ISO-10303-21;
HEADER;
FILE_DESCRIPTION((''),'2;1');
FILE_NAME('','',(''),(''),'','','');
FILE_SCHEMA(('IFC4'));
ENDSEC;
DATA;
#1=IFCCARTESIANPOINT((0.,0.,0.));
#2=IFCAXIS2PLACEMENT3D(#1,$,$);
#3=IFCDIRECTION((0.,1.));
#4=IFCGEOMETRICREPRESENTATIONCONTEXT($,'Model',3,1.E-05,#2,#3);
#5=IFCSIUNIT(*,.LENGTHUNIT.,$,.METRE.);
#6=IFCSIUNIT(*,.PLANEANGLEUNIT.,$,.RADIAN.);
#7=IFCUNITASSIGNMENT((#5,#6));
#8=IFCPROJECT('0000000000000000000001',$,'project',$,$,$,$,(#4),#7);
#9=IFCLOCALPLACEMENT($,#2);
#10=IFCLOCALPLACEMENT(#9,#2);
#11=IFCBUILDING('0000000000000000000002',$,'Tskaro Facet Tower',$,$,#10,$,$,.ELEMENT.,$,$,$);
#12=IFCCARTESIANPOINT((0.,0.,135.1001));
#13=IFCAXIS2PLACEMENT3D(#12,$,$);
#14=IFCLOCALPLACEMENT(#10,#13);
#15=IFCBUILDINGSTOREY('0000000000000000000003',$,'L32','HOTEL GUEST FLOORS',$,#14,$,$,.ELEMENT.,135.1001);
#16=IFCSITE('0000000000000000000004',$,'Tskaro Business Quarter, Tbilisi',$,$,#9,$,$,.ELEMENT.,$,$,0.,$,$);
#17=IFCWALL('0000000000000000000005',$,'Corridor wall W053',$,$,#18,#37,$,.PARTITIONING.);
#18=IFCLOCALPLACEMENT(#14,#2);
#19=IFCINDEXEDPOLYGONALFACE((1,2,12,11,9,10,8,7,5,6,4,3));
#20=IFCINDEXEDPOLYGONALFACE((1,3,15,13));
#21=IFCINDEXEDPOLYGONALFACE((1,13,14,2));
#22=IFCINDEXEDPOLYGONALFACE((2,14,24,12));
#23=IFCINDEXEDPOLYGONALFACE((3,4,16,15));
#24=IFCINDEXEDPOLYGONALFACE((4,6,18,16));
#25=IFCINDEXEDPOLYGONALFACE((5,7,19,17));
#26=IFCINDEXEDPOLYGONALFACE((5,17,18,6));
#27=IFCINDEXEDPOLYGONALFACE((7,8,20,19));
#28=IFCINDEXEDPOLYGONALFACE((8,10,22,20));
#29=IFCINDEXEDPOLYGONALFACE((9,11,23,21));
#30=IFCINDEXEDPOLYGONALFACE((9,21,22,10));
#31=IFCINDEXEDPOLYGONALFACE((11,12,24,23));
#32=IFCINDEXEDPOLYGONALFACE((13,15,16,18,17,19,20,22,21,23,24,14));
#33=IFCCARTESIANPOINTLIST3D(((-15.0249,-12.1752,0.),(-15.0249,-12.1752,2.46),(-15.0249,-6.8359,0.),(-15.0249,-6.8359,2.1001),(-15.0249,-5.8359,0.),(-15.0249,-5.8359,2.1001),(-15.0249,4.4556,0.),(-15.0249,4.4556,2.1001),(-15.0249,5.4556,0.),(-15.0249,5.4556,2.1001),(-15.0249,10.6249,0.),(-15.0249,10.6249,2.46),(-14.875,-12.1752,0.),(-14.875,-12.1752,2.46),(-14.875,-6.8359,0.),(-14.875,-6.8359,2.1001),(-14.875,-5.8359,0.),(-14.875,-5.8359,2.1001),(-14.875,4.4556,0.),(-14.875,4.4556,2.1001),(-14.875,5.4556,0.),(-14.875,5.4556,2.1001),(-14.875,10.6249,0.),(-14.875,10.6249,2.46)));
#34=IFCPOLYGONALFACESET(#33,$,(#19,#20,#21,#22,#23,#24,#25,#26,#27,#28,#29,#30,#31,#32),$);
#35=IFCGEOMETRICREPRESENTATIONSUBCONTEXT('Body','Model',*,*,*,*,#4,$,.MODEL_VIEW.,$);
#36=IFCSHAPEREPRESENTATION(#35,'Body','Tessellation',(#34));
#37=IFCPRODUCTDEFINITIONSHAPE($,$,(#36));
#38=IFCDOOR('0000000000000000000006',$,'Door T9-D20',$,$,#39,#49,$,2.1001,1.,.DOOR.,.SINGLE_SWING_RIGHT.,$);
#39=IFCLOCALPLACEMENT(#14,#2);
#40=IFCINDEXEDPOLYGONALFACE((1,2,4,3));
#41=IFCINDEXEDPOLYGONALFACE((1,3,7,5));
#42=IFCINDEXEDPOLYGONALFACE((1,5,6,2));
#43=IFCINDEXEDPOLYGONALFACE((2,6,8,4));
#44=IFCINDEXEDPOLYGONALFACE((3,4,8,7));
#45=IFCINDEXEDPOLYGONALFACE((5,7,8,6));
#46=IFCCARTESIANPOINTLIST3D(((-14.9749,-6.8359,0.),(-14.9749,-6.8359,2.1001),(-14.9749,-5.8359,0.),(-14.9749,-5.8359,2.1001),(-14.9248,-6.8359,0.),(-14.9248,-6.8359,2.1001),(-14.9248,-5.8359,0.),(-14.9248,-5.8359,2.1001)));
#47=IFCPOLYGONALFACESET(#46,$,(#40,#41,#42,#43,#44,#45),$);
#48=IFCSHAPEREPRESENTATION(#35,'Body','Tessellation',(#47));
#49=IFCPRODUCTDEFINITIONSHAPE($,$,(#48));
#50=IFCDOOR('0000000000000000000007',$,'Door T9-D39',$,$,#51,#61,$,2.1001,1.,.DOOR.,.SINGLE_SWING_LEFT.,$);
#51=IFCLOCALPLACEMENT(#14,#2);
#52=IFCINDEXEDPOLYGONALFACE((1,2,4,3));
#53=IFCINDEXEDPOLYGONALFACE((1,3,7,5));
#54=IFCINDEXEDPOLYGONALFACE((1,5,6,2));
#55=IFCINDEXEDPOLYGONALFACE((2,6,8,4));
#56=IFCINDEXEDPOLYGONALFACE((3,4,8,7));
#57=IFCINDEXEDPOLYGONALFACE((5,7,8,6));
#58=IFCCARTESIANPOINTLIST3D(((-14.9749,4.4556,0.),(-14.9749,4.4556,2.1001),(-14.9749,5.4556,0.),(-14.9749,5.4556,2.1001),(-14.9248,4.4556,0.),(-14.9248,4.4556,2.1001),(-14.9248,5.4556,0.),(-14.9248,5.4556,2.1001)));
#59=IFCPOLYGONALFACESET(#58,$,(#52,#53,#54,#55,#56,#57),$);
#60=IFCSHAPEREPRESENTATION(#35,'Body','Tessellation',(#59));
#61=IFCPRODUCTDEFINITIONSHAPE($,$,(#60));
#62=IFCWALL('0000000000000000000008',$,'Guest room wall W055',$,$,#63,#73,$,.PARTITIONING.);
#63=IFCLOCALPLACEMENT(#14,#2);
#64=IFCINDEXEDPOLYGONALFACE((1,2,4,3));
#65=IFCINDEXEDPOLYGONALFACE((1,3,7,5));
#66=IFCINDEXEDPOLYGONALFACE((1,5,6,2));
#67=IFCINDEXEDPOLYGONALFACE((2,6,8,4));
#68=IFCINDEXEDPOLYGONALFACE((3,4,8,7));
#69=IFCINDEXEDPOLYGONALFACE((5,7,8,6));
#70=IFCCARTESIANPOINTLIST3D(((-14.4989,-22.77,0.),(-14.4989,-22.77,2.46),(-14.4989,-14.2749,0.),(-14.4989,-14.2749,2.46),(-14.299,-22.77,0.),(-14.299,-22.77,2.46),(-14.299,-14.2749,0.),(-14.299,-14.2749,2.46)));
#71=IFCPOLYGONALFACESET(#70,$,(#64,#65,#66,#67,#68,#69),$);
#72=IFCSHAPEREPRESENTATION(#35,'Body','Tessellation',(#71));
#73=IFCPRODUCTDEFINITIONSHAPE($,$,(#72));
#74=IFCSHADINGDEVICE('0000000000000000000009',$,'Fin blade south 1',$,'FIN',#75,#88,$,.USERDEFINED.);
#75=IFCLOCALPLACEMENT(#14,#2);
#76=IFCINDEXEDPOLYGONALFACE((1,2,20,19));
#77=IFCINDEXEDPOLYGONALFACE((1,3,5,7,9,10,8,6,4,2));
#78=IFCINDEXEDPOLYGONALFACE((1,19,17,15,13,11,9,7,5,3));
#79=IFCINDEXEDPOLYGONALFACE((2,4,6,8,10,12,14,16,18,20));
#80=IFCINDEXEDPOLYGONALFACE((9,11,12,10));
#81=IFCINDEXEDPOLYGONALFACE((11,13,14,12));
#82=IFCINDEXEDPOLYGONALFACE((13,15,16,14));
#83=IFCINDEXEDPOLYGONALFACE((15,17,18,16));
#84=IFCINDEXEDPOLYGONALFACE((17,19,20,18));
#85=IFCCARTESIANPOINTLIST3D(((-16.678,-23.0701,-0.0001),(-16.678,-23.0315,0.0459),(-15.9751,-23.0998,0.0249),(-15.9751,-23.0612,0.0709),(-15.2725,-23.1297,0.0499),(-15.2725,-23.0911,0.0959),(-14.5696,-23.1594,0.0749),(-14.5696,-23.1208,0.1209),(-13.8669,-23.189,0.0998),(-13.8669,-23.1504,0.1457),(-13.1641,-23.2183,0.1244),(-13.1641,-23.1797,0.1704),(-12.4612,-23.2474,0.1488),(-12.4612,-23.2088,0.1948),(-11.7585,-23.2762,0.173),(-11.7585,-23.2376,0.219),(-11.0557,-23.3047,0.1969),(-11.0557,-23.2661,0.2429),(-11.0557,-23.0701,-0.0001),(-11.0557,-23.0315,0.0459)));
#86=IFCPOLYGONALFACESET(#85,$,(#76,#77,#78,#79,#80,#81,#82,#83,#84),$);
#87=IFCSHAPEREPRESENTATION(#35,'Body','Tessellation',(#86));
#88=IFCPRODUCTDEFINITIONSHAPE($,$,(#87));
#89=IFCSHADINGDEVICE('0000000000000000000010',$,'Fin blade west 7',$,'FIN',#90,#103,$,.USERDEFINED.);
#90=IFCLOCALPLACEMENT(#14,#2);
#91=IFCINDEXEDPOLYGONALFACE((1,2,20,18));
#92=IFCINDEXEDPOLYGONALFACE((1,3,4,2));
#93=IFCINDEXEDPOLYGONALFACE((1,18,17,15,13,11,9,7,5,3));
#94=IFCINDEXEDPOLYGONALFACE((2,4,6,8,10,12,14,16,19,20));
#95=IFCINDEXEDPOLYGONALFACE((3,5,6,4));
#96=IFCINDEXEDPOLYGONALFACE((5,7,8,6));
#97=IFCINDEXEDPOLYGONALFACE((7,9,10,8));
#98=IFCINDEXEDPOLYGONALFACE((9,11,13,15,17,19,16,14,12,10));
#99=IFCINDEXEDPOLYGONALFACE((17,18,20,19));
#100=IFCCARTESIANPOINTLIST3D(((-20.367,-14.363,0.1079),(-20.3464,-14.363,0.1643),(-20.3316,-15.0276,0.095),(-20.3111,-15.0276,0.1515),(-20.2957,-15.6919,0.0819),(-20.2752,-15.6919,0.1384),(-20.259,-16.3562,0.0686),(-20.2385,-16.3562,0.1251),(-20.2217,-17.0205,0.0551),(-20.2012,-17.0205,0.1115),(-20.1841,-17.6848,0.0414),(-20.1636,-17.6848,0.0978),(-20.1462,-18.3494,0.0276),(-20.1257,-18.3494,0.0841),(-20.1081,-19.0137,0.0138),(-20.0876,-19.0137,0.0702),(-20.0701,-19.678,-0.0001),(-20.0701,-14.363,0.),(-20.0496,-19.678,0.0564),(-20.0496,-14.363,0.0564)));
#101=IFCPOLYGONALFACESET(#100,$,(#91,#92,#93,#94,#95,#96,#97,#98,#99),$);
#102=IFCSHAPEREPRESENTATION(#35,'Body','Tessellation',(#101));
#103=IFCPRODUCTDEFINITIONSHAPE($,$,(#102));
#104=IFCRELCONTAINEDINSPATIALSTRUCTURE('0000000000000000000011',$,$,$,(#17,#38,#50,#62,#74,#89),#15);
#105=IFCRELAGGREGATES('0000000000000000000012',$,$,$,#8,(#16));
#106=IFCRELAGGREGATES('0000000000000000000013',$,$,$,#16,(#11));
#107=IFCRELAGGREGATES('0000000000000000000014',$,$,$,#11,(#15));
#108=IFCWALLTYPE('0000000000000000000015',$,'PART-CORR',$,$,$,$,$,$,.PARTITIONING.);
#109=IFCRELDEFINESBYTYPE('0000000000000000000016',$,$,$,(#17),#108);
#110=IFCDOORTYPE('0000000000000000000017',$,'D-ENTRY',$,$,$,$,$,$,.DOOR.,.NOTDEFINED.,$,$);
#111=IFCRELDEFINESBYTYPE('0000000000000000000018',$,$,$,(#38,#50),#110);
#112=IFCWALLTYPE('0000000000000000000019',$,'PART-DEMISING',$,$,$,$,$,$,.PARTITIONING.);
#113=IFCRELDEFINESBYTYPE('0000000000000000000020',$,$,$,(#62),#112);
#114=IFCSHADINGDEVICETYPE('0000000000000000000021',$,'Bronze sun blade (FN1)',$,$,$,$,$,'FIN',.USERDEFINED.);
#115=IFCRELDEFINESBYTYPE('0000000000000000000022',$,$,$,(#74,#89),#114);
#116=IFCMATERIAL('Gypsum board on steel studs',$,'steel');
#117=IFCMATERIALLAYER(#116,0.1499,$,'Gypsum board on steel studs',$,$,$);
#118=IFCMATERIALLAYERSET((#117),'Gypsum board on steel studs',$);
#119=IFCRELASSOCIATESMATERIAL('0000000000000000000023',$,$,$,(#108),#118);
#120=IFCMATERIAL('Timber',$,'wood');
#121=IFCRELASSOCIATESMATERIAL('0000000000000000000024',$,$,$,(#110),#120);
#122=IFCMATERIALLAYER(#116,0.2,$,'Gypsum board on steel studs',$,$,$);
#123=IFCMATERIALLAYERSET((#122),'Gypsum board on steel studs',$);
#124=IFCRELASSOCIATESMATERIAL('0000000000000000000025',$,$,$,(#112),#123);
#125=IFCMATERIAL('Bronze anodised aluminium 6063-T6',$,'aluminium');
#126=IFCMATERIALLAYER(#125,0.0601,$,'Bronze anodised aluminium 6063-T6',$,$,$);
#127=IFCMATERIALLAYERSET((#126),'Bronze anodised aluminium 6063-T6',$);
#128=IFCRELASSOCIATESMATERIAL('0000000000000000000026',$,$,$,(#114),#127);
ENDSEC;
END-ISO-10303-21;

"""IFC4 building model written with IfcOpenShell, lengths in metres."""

from ifc_helpers import new_model, si_unit, direction, frame, frame_2d, origin, place, context, subcontext, project, spatial, polyline, rectangle, outline, extrude, material, layer, layer_set, type_object, element, fill, save


model = new_model("IFC4")

# Units and contexts
model_context = context("Model", 3, precision=1e-05, world=origin(), true_north=direction((0.0, 1.0)))
body_context = subcontext(model_context, "Body", "Model", "MODEL_VIEW")
ifc_project = project(units=[si_unit("LENGTHUNIT", "METRE"), si_unit("PLANEANGLEUNIT", "RADIAN")], contexts=[model_context])

# Site, building, storey
site_placement = place(None, origin())
site = spatial("IfcSite", under=ifc_project, at=site_placement, Name="Tskaro Business Quarter, Tbilisi", CompositionType="ELEMENT", RefElevation=0.0)
building_placement = place(site_placement, origin())
building = spatial("IfcBuilding", under=site, at=building_placement, Name="Tskaro Facet Tower", CompositionType="ELEMENT")
storey_placement = place(building_placement, frame((0.0, 0.0, 135.1001)))
storey = spatial("IfcBuildingStorey", under=building, at=storey_placement, Name="L32", Description="HOTEL GUEST FLOORS", CompositionType="ELEMENT", Elevation=135.1001)

# Shared definitions
ifc_material_1 = material(Name="Bronze anodised aluminium 6063-T6", Category="aluminium")

# Shared definitions
ifc_material_2 = material(Name="Gypsum board on steel studs", Category="steel")
ifc_layer_1 = layer(ifc_material_2, 0.1499, Name="Gypsum board on steel studs")
ifc_layer_set_1 = layer_set([ifc_layer_1], Name="Gypsum board on steel studs")
wall_type_1 = type_object("IfcWallType", Name="PART-CORR", PredefinedType="PARTITIONING", material=ifc_layer_set_1)
ifc_material_3 = material(Name="Timber", Category="wood")

# Wall, openings, doors
wall_1_placement = place(storey_placement, frame((-14.95, -12.175, 0.0), z_axis=(0.0, 0.0, 1.0), x_axis=(0.0, 1.0, 0.0)))
wall_1 = element("IfcWall", 1, at=wall_1_placement, inside=storey, type_object=wall_type_1, Name="Corridor wall W053", PredefinedType="PARTITIONING", context=body_context, shape_type="SweptSolid", body=[
    extrude(rectangle(XDim=22.8, YDim=0.1499, at=frame_2d((11.3999, 0.0))), origin(), (0.0, 0.0, 1.0), 2.46),
])
opening_1_placement = place(wall_1_placement, frame((5.3391, 0.0, 0.0)))
opening_1 = element("IfcOpeningElement", 2, at=opening_1_placement, cuts=wall_1, PredefinedType="OPENING", context=body_context, shape_type="SweptSolid", body=[
    extrude(rectangle(XDim=1.0, YDim=2.1001, at=frame_2d((0.5, 1.05))), frame((0.0, 0.085, 0.0), z_axis=(0.0, -1.0, 0.0), x_axis=(1.0, 0.0, 0.0)), (0.0, 0.0, 1.0), 0.1699),
])
opening_2_placement = place(wall_1_placement, frame((16.6306, 0.0, 0.0)))
opening_2 = element("IfcOpeningElement", 3, at=opening_2_placement, cuts=wall_1, PredefinedType="OPENING", context=body_context, shape_type="SweptSolid", body=[
    extrude(rectangle(XDim=1.0, YDim=2.1001, at=frame_2d((0.5, 1.05))), frame((0.0, 0.085, 0.0), z_axis=(0.0, -1.0, 0.0), x_axis=(1.0, 0.0, 0.0)), (0.0, 0.0, 1.0), 0.1699),
])
door_type_1 = type_object("IfcDoorType", Name="D-ENTRY", OperationType="NOTDEFINED", PredefinedType="DOOR", material=ifc_material_3)
door_1_placement = place(opening_1_placement, origin())
door_1 = element("IfcDoor", 4, at=door_1_placement, inside=storey, type_object=door_type_1, Name="Door T9-D20", OperationType="SINGLE_SWING_RIGHT", OverallHeight=2.1001, OverallWidth=1.0, PredefinedType="DOOR", context=body_context, shape_type="SweptSolid", body=[
    extrude(rectangle(XDim=1.0, YDim=2.1001, at=frame_2d((0.5, 1.05))), frame((0.0, 0.0249, 0.0), z_axis=(0.0, -1.0, 0.0), x_axis=(1.0, 0.0, 0.0)), (0.0, 0.0, 1.0), 0.05),
])
fill(opening_1, door_1)
door_2_placement = place(opening_2_placement, origin())
door_2 = element("IfcDoor", 5, at=door_2_placement, inside=storey, type_object=door_type_1, Name="Door T9-D39", OperationType="SINGLE_SWING_LEFT", OverallHeight=2.1001, OverallWidth=1.0, PredefinedType="DOOR", context=body_context, shape_type="SweptSolid", body=[
    extrude(rectangle(XDim=1.0, YDim=2.1001, at=frame_2d((0.5, 1.05))), frame((0.0, 0.0249, 0.0), z_axis=(0.0, -1.0, 0.0), x_axis=(1.0, 0.0, 0.0)), (0.0, 0.0, 1.0), 0.05),
])
fill(opening_2, door_2)

# Wall
ifc_layer_2 = layer(ifc_material_2, 0.2, Name="Gypsum board on steel studs")
ifc_layer_set_2 = layer_set([ifc_layer_2], Name="Gypsum board on steel studs")
wall_type_2 = type_object("IfcWallType", Name="PART-DEMISING", PredefinedType="PARTITIONING", material=ifc_layer_set_2)
wall_2_placement = place(storey_placement, frame((-14.3989, -22.77, 0.0), z_axis=(0.0, 0.0, 1.0), x_axis=(0.0, 1.0, 0.0)))
element("IfcWall", 6, at=wall_2_placement, inside=storey, type_object=wall_type_2, Name="Guest room wall W055", PredefinedType="PARTITIONING", context=body_context, shape_type="SweptSolid", body=[
    extrude(rectangle(XDim=8.4951, YDim=0.2, at=frame_2d((4.2476, 0.0))), origin(), (0.0, 0.0, 1.0), 2.46),
])

# Shading devices
ifc_layer_3 = layer(ifc_material_1, 0.0601, Name="Bronze anodised aluminium 6063-T6")
ifc_layer_set_3 = layer_set([ifc_layer_3], Name="Bronze anodised aluminium 6063-T6")
shading_device_type = type_object("IfcShadingDeviceType", Name="Bronze sun blade (FN1)", ElementType="FIN", PredefinedType="USERDEFINED", material=ifc_layer_set_3)
shading_device_1_placement = place(storey_placement, frame((-16.678, -23.0315, 0.0459), z_axis=(0.000002, 0.643104, 0.765779), x_axis=(1.0, -0.000001, -0.000001)))
element("IfcShadingDevice", 7, at=shading_device_1_placement, inside=storey, type_object=shading_device_type, Name="Fin blade south 1", ObjectType="FIN", PredefinedType="USERDEFINED", context=body_context, shape_type="SweptSolid", body=[
    extrude(outline(polyline([(0.0, 0.0), (5.6223, 0.0), (5.6223, -0.3064), (4.9194, -0.2691), (4.2168, -0.2315), (3.5139, -0.1936), (2.811, -0.1553), (2.1084, -0.1166), (1.4055, -0.0778), (0.7029, -0.0388), (0.0, 0.0)])), origin(), (0.0, 0.0, -1.0), 0.0601),
])
shading_device_2_placement = place(storey_placement, frame((-20.0496, -14.363, 0.0564), z_axis=(0.341605, -0.000001, 0.939843), x_axis=(0.0, -1.0, -0.000001)))
element("IfcShadingDevice", 8, at=shading_device_2_placement, inside=storey, type_object=shading_device_type, Name="Fin blade west 7", ObjectType="FIN", PredefinedType="USERDEFINED", context=body_context, shape_type="SweptSolid", body=[
    extrude(outline(polyline([(0.0, 0.0), (5.3149, 0.0), (4.6506, -0.0405), (3.9863, -0.081), (3.3218, -0.1213), (2.6575, -0.1613), (1.9932, -0.201), (1.3289, -0.24), (0.6646, -0.2783), (0.0, -0.3159), (0.0, 0.0)])), origin(), (0.0, 0.0, -1.0), 0.0601),
])

save(model, "model.ifc")
